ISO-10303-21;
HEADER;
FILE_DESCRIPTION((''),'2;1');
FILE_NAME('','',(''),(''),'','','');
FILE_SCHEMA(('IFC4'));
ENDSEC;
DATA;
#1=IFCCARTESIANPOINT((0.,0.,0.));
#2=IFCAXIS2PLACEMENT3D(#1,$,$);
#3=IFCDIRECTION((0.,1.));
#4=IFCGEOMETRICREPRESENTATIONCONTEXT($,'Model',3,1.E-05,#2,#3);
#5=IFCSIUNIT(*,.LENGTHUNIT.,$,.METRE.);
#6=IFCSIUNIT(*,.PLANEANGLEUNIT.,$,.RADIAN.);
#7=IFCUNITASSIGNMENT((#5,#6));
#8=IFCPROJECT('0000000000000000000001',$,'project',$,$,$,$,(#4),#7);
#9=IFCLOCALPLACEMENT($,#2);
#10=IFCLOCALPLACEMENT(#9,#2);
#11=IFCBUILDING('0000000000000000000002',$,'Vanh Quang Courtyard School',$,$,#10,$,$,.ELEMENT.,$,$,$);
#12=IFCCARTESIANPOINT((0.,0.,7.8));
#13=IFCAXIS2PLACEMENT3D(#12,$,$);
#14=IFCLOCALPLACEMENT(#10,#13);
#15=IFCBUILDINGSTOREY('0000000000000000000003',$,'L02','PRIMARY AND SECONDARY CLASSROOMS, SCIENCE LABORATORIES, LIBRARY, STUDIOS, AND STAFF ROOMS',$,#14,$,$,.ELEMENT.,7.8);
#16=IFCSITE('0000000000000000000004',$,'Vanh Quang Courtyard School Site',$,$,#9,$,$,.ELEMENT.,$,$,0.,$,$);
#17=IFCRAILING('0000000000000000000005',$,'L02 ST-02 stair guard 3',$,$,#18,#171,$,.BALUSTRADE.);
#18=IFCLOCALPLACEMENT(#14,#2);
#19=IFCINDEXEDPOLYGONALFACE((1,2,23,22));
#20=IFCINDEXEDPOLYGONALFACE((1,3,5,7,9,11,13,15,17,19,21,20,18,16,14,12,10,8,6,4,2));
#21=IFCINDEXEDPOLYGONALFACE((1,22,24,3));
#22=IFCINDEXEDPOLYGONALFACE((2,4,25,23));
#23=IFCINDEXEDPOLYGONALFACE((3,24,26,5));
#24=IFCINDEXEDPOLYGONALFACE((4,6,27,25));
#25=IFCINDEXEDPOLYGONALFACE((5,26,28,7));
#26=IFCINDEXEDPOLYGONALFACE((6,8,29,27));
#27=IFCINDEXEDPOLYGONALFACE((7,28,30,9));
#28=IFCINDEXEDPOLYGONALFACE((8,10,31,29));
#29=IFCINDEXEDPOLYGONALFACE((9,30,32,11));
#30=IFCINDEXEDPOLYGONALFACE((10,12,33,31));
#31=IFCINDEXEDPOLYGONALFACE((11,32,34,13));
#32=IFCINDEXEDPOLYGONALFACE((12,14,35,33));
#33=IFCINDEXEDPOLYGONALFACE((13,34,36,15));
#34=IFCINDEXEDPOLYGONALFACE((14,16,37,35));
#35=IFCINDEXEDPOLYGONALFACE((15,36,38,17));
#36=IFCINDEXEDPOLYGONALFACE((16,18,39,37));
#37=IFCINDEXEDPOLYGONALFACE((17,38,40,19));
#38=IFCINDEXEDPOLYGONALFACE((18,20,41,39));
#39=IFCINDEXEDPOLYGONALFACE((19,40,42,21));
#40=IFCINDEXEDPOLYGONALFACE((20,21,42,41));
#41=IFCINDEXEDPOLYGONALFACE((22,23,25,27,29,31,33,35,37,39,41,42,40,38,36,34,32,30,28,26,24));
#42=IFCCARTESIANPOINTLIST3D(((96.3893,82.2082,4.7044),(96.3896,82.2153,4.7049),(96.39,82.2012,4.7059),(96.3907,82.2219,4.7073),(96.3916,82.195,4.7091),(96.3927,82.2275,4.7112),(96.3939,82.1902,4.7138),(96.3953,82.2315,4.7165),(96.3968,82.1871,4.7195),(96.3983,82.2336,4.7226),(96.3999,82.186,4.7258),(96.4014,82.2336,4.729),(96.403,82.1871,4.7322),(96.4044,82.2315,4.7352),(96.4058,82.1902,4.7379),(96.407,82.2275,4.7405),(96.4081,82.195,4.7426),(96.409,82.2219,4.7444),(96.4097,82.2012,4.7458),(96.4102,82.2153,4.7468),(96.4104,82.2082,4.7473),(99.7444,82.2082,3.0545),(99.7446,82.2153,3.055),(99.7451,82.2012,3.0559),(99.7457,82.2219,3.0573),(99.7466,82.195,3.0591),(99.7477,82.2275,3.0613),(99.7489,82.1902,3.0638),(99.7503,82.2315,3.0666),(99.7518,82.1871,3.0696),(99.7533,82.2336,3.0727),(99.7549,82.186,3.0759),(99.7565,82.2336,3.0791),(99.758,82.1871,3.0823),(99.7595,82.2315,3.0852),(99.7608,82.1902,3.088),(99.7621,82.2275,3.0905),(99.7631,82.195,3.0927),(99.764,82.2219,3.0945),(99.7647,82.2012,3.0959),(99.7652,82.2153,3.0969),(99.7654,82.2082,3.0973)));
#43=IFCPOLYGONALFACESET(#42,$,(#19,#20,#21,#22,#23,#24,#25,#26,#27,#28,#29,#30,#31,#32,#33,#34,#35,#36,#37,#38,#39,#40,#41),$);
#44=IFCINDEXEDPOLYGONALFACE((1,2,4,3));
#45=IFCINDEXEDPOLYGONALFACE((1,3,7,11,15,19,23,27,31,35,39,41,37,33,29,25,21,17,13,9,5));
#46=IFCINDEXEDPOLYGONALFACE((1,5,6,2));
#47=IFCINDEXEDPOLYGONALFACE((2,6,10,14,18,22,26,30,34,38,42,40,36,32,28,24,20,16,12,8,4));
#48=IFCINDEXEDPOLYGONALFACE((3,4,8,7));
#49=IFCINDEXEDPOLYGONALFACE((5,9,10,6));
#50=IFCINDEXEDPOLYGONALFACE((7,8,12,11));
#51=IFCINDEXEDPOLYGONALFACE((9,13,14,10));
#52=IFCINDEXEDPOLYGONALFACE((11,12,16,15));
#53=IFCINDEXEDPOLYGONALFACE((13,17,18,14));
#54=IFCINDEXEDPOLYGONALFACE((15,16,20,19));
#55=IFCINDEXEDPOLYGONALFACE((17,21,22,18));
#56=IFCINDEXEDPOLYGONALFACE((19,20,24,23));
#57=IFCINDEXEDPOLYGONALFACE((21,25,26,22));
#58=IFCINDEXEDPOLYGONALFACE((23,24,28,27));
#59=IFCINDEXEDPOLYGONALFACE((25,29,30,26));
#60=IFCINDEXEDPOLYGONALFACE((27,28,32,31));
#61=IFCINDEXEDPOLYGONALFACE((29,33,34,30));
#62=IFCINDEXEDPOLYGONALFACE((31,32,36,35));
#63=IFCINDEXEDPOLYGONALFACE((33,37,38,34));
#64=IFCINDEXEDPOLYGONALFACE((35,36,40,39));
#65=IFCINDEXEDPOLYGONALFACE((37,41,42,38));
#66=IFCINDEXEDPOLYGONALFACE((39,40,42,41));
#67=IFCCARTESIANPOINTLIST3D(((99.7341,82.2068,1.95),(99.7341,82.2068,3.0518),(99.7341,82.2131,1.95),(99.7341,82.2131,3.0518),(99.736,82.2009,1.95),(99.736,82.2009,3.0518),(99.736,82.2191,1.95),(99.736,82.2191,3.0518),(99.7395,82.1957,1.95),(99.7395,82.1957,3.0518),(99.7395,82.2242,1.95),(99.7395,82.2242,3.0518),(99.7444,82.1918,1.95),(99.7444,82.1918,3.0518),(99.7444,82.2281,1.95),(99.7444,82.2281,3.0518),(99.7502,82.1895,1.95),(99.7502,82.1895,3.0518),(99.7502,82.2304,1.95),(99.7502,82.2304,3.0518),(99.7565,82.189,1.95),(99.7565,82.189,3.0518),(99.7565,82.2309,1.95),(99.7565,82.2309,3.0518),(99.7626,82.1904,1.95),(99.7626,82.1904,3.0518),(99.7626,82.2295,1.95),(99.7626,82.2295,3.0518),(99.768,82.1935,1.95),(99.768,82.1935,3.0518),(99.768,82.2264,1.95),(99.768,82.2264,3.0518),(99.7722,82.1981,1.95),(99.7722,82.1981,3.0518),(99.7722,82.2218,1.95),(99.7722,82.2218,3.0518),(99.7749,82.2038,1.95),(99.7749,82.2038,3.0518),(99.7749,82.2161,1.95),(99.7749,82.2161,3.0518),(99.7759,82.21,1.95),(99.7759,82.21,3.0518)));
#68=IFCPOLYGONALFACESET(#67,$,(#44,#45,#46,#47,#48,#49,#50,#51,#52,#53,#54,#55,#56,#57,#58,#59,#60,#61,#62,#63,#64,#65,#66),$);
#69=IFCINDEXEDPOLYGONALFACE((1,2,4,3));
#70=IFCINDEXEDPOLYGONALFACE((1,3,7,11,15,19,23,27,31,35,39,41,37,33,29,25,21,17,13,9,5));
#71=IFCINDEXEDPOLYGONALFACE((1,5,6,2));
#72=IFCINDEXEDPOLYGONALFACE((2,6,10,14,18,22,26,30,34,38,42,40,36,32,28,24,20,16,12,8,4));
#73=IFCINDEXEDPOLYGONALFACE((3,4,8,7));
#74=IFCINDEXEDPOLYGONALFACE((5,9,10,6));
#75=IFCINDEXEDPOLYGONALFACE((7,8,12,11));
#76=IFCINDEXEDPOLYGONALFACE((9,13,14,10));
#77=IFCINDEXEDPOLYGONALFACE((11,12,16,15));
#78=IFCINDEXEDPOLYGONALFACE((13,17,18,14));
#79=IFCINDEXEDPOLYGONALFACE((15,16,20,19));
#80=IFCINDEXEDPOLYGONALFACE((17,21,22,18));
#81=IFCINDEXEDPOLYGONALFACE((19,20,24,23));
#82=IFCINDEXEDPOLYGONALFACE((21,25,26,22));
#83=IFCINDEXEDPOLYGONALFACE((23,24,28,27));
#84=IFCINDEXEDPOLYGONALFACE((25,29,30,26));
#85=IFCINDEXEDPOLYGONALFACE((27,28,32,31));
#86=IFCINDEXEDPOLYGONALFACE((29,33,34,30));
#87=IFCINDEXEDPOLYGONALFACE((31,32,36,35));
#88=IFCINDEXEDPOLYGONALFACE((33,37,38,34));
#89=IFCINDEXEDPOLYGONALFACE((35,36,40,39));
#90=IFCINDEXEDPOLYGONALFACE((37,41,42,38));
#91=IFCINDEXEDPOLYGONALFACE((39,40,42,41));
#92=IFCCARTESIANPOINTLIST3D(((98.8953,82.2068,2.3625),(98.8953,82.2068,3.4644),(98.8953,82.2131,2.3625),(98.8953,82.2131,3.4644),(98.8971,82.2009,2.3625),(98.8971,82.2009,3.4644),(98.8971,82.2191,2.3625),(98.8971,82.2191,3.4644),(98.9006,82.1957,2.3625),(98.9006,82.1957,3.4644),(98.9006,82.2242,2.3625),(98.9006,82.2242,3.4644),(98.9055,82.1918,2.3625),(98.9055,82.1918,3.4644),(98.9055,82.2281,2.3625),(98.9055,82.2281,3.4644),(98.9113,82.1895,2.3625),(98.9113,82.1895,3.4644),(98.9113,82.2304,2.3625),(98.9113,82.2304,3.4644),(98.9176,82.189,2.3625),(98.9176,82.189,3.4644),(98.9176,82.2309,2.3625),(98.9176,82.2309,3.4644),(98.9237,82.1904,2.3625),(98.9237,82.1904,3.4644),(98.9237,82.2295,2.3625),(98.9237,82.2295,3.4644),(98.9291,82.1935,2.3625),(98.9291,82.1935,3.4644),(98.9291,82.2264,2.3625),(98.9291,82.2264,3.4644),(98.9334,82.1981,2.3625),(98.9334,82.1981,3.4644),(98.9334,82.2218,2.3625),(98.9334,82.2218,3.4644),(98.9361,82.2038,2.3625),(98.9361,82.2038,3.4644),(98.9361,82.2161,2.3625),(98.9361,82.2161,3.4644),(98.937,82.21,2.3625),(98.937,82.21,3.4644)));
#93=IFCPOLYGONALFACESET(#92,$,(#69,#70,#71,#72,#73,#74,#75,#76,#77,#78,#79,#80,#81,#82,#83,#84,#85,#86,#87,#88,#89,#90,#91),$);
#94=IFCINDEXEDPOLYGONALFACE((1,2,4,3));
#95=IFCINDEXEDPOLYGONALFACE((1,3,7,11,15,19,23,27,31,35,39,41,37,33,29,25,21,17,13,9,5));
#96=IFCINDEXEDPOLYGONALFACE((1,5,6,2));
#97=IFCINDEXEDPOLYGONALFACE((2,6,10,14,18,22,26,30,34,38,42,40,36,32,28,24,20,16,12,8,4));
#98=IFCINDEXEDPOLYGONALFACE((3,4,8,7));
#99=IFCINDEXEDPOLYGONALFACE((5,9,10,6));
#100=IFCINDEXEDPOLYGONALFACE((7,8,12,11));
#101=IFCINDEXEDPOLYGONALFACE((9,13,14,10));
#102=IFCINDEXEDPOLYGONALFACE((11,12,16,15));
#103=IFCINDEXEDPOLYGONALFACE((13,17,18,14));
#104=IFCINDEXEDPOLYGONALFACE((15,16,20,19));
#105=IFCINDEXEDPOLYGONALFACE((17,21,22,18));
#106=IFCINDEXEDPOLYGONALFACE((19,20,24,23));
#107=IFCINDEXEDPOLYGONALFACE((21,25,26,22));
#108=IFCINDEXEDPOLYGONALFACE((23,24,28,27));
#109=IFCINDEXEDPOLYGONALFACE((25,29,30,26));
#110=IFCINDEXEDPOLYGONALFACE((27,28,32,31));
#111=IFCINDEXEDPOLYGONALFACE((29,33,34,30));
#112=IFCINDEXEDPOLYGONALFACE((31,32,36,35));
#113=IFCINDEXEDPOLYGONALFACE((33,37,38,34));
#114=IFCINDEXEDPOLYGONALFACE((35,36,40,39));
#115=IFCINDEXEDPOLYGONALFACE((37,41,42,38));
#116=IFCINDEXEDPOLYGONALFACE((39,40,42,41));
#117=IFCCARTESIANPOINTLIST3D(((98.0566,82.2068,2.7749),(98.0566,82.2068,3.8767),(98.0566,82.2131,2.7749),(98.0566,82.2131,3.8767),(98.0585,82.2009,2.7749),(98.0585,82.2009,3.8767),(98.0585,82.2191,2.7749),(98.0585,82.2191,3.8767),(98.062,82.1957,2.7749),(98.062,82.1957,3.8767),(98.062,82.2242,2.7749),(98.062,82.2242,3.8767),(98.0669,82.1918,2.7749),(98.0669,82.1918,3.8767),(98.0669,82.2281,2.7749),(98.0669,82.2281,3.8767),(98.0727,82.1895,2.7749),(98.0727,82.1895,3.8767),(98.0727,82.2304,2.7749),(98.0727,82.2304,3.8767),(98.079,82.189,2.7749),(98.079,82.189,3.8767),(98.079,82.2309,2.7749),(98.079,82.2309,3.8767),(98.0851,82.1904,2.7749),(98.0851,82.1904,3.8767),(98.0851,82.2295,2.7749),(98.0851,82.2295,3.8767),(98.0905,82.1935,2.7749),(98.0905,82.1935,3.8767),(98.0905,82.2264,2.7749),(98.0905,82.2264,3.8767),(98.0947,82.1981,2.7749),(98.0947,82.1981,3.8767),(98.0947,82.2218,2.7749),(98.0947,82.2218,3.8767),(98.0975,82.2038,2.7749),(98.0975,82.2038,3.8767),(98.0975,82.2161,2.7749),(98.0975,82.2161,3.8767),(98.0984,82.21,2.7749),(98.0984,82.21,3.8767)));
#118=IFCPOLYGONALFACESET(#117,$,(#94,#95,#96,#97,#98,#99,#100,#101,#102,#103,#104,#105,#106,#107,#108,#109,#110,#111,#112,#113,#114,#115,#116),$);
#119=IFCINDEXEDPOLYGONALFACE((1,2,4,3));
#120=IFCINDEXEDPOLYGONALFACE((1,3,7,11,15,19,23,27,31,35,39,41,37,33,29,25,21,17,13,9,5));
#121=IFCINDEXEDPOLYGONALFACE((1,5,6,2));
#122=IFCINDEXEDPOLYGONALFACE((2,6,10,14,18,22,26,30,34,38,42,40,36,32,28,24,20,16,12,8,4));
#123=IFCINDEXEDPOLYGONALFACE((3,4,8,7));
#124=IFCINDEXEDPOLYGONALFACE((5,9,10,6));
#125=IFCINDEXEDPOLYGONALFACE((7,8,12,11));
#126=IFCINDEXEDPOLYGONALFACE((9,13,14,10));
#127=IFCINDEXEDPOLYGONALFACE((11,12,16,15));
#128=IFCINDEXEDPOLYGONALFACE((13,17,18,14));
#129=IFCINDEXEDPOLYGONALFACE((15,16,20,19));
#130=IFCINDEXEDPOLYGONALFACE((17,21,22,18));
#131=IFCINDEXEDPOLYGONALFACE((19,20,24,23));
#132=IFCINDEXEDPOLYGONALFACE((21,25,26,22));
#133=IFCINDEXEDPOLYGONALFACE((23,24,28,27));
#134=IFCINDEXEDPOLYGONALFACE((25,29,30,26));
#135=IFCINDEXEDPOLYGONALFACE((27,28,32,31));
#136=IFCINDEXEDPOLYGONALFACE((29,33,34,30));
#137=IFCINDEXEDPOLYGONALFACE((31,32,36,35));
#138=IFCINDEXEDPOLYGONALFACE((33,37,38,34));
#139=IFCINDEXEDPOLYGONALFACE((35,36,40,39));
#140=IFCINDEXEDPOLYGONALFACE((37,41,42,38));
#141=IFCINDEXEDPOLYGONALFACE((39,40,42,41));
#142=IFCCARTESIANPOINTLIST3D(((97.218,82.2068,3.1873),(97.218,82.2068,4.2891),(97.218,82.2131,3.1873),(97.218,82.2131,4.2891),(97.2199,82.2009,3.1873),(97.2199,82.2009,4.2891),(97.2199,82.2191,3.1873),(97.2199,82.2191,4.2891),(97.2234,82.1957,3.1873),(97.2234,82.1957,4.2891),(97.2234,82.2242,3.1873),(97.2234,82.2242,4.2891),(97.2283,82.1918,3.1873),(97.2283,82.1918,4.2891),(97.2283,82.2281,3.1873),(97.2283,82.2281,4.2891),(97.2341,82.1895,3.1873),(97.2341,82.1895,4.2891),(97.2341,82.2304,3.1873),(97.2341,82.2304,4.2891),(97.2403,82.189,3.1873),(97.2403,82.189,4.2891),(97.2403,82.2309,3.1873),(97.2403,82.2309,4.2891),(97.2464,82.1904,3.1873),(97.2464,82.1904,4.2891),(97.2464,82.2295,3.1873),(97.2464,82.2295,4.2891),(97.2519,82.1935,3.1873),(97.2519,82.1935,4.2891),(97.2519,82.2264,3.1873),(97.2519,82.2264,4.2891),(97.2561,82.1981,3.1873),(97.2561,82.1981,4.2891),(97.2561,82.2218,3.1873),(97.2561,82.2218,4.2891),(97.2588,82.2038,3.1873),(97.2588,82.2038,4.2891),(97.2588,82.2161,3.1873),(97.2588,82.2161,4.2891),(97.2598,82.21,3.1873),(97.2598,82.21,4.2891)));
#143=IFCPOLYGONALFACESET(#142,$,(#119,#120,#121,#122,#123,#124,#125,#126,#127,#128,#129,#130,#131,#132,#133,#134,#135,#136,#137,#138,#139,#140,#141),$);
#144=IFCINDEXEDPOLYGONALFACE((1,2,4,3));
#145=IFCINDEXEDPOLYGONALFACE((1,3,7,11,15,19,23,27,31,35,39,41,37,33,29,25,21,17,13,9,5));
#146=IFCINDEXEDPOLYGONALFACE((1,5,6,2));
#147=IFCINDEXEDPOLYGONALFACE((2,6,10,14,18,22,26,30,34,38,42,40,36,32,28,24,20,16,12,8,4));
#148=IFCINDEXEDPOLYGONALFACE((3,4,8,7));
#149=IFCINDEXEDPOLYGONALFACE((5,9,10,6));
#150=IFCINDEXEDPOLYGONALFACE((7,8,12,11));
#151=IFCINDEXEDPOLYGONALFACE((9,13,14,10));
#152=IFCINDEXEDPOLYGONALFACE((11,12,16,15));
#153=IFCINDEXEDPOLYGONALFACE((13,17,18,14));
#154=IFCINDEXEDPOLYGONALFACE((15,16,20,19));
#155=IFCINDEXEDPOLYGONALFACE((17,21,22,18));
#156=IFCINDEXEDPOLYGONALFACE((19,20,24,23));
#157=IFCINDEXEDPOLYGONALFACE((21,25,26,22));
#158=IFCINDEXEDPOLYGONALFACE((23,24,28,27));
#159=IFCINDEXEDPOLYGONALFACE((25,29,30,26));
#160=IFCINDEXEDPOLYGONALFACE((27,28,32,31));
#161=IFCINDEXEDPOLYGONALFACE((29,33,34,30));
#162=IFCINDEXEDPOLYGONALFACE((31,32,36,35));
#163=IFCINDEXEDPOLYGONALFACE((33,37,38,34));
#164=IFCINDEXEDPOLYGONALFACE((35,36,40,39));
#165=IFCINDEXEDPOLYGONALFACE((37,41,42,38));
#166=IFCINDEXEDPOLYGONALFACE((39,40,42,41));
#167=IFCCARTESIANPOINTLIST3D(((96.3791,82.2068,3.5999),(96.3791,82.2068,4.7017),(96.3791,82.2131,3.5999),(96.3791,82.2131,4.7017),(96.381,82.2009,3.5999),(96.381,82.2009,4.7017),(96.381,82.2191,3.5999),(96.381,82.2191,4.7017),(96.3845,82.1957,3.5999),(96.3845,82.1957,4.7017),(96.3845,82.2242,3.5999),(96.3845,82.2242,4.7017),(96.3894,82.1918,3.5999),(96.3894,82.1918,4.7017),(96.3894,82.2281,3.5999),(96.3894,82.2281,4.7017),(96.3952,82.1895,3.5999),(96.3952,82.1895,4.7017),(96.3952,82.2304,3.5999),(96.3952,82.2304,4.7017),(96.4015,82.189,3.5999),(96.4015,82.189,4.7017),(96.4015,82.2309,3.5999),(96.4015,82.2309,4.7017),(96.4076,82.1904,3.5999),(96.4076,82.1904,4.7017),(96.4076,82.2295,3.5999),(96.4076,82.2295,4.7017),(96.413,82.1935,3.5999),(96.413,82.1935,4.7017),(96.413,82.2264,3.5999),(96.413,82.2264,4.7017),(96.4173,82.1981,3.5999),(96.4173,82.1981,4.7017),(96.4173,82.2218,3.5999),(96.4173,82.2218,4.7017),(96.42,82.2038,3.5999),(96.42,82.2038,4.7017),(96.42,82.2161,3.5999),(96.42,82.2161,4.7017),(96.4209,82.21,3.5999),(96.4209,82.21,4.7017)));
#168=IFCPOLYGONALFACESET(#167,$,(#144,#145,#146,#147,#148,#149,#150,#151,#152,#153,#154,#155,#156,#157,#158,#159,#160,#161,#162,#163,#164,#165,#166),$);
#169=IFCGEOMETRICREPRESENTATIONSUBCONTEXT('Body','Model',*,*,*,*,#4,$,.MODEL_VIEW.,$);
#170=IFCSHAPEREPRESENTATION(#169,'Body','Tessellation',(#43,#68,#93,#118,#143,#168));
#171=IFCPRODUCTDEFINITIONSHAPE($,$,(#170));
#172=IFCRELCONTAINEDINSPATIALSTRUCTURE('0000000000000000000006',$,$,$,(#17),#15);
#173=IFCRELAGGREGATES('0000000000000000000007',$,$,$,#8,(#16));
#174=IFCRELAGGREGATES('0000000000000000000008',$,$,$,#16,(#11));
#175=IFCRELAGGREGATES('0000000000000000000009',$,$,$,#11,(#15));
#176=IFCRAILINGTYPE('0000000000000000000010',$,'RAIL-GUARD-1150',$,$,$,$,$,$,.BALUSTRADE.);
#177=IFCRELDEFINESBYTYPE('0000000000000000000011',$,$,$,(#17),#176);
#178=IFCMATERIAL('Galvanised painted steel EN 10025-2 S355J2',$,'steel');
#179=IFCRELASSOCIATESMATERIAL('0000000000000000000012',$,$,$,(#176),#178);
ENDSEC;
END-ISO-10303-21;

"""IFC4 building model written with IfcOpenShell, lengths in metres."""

from ifc_helpers import new_model, si_unit, direction, frame, origin, origin_2d, place, context, subcontext, project, spatial, circle, extrude, material, type_object, element, save


model = new_model("IFC4")

# Units and contexts
model_context = context("Model", 3, precision=1e-05, world=origin(), true_north=direction((0.0, 1.0)))
body_context = subcontext(model_context, "Body", "Model", "MODEL_VIEW")
ifc_project = project(units=[si_unit("LENGTHUNIT", "METRE"), si_unit("PLANEANGLEUNIT", "RADIAN")], contexts=[model_context])

# Site, building, storey
site_placement = place(None, origin())
site = spatial("IfcSite", under=ifc_project, at=site_placement, Name="Vanh Quang Courtyard School Site", CompositionType="ELEMENT", RefElevation=0.0)
building_placement = place(site_placement, origin())
building = spatial("IfcBuilding", under=site, at=building_placement, Name="Vanh Quang Courtyard School", CompositionType="ELEMENT")
storey_placement = place(building_placement, frame((0.0, 0.0, 7.8)))
storey = spatial("IfcBuildingStorey", under=building, at=storey_placement, Name="L02", Description="PRIMARY AND SECONDARY CLASSROOMS, SCIENCE LABORATORIES, LIBRARY, STUDIOS, AND STAFF ROOMS", CompositionType="ELEMENT", Elevation=7.8)

# Railing
ifc_material_1 = material(Name="Galvanised painted steel EN 10025-2 S355J2", Category="steel")
railing_type_1 = type_object("IfcRailingType", Name="RAIL-GUARD-1150", PredefinedType="BALUSTRADE", material=ifc_material_1)
railing_1_placement = place(storey_placement, frame((99.7549, 82.21, 1.95)))
element("IfcRailing", 1, at=railing_1_placement, inside=storey, type_object=railing_type_1, Name="L02 ST-02 stair guard 3", PredefinedType="BALUSTRADE", context=body_context, shape_type="SweptSolid", body=[
    extrude(circle(Radius=0.0239, at=origin_2d()), frame((0.0, 0.0, 1.126), z_axis=(-0.897359, 0.0, 0.441301), x_axis=(0.0, -1.0, 0.0)), (0.0, 0.0, 1.0), 3.7388),
    extrude(circle(Radius=0.021, at=origin_2d()), origin(), (0.0, 0.0, 1.0), 1.1018),
    extrude(circle(Radius=0.021, at=origin_2d()), frame((-0.8389, 0.0, 0.4126)), (0.0, 0.0, 1.0), 1.1018),
    extrude(circle(Radius=0.021, at=origin_2d()), frame((-1.6775, 0.0, 0.825)), (0.0, 0.0, 1.0), 1.1018),
    extrude(circle(Radius=0.021, at=origin_2d()), frame((-2.5161, 0.0, 1.2373)), (0.0, 0.0, 1.0), 1.1018),
    extrude(circle(Radius=0.021, at=origin_2d()), frame((-3.355, 0.0, 1.6499)), (0.0, 0.0, 1.0), 1.1018),
])

save(model, "model.ifc")
